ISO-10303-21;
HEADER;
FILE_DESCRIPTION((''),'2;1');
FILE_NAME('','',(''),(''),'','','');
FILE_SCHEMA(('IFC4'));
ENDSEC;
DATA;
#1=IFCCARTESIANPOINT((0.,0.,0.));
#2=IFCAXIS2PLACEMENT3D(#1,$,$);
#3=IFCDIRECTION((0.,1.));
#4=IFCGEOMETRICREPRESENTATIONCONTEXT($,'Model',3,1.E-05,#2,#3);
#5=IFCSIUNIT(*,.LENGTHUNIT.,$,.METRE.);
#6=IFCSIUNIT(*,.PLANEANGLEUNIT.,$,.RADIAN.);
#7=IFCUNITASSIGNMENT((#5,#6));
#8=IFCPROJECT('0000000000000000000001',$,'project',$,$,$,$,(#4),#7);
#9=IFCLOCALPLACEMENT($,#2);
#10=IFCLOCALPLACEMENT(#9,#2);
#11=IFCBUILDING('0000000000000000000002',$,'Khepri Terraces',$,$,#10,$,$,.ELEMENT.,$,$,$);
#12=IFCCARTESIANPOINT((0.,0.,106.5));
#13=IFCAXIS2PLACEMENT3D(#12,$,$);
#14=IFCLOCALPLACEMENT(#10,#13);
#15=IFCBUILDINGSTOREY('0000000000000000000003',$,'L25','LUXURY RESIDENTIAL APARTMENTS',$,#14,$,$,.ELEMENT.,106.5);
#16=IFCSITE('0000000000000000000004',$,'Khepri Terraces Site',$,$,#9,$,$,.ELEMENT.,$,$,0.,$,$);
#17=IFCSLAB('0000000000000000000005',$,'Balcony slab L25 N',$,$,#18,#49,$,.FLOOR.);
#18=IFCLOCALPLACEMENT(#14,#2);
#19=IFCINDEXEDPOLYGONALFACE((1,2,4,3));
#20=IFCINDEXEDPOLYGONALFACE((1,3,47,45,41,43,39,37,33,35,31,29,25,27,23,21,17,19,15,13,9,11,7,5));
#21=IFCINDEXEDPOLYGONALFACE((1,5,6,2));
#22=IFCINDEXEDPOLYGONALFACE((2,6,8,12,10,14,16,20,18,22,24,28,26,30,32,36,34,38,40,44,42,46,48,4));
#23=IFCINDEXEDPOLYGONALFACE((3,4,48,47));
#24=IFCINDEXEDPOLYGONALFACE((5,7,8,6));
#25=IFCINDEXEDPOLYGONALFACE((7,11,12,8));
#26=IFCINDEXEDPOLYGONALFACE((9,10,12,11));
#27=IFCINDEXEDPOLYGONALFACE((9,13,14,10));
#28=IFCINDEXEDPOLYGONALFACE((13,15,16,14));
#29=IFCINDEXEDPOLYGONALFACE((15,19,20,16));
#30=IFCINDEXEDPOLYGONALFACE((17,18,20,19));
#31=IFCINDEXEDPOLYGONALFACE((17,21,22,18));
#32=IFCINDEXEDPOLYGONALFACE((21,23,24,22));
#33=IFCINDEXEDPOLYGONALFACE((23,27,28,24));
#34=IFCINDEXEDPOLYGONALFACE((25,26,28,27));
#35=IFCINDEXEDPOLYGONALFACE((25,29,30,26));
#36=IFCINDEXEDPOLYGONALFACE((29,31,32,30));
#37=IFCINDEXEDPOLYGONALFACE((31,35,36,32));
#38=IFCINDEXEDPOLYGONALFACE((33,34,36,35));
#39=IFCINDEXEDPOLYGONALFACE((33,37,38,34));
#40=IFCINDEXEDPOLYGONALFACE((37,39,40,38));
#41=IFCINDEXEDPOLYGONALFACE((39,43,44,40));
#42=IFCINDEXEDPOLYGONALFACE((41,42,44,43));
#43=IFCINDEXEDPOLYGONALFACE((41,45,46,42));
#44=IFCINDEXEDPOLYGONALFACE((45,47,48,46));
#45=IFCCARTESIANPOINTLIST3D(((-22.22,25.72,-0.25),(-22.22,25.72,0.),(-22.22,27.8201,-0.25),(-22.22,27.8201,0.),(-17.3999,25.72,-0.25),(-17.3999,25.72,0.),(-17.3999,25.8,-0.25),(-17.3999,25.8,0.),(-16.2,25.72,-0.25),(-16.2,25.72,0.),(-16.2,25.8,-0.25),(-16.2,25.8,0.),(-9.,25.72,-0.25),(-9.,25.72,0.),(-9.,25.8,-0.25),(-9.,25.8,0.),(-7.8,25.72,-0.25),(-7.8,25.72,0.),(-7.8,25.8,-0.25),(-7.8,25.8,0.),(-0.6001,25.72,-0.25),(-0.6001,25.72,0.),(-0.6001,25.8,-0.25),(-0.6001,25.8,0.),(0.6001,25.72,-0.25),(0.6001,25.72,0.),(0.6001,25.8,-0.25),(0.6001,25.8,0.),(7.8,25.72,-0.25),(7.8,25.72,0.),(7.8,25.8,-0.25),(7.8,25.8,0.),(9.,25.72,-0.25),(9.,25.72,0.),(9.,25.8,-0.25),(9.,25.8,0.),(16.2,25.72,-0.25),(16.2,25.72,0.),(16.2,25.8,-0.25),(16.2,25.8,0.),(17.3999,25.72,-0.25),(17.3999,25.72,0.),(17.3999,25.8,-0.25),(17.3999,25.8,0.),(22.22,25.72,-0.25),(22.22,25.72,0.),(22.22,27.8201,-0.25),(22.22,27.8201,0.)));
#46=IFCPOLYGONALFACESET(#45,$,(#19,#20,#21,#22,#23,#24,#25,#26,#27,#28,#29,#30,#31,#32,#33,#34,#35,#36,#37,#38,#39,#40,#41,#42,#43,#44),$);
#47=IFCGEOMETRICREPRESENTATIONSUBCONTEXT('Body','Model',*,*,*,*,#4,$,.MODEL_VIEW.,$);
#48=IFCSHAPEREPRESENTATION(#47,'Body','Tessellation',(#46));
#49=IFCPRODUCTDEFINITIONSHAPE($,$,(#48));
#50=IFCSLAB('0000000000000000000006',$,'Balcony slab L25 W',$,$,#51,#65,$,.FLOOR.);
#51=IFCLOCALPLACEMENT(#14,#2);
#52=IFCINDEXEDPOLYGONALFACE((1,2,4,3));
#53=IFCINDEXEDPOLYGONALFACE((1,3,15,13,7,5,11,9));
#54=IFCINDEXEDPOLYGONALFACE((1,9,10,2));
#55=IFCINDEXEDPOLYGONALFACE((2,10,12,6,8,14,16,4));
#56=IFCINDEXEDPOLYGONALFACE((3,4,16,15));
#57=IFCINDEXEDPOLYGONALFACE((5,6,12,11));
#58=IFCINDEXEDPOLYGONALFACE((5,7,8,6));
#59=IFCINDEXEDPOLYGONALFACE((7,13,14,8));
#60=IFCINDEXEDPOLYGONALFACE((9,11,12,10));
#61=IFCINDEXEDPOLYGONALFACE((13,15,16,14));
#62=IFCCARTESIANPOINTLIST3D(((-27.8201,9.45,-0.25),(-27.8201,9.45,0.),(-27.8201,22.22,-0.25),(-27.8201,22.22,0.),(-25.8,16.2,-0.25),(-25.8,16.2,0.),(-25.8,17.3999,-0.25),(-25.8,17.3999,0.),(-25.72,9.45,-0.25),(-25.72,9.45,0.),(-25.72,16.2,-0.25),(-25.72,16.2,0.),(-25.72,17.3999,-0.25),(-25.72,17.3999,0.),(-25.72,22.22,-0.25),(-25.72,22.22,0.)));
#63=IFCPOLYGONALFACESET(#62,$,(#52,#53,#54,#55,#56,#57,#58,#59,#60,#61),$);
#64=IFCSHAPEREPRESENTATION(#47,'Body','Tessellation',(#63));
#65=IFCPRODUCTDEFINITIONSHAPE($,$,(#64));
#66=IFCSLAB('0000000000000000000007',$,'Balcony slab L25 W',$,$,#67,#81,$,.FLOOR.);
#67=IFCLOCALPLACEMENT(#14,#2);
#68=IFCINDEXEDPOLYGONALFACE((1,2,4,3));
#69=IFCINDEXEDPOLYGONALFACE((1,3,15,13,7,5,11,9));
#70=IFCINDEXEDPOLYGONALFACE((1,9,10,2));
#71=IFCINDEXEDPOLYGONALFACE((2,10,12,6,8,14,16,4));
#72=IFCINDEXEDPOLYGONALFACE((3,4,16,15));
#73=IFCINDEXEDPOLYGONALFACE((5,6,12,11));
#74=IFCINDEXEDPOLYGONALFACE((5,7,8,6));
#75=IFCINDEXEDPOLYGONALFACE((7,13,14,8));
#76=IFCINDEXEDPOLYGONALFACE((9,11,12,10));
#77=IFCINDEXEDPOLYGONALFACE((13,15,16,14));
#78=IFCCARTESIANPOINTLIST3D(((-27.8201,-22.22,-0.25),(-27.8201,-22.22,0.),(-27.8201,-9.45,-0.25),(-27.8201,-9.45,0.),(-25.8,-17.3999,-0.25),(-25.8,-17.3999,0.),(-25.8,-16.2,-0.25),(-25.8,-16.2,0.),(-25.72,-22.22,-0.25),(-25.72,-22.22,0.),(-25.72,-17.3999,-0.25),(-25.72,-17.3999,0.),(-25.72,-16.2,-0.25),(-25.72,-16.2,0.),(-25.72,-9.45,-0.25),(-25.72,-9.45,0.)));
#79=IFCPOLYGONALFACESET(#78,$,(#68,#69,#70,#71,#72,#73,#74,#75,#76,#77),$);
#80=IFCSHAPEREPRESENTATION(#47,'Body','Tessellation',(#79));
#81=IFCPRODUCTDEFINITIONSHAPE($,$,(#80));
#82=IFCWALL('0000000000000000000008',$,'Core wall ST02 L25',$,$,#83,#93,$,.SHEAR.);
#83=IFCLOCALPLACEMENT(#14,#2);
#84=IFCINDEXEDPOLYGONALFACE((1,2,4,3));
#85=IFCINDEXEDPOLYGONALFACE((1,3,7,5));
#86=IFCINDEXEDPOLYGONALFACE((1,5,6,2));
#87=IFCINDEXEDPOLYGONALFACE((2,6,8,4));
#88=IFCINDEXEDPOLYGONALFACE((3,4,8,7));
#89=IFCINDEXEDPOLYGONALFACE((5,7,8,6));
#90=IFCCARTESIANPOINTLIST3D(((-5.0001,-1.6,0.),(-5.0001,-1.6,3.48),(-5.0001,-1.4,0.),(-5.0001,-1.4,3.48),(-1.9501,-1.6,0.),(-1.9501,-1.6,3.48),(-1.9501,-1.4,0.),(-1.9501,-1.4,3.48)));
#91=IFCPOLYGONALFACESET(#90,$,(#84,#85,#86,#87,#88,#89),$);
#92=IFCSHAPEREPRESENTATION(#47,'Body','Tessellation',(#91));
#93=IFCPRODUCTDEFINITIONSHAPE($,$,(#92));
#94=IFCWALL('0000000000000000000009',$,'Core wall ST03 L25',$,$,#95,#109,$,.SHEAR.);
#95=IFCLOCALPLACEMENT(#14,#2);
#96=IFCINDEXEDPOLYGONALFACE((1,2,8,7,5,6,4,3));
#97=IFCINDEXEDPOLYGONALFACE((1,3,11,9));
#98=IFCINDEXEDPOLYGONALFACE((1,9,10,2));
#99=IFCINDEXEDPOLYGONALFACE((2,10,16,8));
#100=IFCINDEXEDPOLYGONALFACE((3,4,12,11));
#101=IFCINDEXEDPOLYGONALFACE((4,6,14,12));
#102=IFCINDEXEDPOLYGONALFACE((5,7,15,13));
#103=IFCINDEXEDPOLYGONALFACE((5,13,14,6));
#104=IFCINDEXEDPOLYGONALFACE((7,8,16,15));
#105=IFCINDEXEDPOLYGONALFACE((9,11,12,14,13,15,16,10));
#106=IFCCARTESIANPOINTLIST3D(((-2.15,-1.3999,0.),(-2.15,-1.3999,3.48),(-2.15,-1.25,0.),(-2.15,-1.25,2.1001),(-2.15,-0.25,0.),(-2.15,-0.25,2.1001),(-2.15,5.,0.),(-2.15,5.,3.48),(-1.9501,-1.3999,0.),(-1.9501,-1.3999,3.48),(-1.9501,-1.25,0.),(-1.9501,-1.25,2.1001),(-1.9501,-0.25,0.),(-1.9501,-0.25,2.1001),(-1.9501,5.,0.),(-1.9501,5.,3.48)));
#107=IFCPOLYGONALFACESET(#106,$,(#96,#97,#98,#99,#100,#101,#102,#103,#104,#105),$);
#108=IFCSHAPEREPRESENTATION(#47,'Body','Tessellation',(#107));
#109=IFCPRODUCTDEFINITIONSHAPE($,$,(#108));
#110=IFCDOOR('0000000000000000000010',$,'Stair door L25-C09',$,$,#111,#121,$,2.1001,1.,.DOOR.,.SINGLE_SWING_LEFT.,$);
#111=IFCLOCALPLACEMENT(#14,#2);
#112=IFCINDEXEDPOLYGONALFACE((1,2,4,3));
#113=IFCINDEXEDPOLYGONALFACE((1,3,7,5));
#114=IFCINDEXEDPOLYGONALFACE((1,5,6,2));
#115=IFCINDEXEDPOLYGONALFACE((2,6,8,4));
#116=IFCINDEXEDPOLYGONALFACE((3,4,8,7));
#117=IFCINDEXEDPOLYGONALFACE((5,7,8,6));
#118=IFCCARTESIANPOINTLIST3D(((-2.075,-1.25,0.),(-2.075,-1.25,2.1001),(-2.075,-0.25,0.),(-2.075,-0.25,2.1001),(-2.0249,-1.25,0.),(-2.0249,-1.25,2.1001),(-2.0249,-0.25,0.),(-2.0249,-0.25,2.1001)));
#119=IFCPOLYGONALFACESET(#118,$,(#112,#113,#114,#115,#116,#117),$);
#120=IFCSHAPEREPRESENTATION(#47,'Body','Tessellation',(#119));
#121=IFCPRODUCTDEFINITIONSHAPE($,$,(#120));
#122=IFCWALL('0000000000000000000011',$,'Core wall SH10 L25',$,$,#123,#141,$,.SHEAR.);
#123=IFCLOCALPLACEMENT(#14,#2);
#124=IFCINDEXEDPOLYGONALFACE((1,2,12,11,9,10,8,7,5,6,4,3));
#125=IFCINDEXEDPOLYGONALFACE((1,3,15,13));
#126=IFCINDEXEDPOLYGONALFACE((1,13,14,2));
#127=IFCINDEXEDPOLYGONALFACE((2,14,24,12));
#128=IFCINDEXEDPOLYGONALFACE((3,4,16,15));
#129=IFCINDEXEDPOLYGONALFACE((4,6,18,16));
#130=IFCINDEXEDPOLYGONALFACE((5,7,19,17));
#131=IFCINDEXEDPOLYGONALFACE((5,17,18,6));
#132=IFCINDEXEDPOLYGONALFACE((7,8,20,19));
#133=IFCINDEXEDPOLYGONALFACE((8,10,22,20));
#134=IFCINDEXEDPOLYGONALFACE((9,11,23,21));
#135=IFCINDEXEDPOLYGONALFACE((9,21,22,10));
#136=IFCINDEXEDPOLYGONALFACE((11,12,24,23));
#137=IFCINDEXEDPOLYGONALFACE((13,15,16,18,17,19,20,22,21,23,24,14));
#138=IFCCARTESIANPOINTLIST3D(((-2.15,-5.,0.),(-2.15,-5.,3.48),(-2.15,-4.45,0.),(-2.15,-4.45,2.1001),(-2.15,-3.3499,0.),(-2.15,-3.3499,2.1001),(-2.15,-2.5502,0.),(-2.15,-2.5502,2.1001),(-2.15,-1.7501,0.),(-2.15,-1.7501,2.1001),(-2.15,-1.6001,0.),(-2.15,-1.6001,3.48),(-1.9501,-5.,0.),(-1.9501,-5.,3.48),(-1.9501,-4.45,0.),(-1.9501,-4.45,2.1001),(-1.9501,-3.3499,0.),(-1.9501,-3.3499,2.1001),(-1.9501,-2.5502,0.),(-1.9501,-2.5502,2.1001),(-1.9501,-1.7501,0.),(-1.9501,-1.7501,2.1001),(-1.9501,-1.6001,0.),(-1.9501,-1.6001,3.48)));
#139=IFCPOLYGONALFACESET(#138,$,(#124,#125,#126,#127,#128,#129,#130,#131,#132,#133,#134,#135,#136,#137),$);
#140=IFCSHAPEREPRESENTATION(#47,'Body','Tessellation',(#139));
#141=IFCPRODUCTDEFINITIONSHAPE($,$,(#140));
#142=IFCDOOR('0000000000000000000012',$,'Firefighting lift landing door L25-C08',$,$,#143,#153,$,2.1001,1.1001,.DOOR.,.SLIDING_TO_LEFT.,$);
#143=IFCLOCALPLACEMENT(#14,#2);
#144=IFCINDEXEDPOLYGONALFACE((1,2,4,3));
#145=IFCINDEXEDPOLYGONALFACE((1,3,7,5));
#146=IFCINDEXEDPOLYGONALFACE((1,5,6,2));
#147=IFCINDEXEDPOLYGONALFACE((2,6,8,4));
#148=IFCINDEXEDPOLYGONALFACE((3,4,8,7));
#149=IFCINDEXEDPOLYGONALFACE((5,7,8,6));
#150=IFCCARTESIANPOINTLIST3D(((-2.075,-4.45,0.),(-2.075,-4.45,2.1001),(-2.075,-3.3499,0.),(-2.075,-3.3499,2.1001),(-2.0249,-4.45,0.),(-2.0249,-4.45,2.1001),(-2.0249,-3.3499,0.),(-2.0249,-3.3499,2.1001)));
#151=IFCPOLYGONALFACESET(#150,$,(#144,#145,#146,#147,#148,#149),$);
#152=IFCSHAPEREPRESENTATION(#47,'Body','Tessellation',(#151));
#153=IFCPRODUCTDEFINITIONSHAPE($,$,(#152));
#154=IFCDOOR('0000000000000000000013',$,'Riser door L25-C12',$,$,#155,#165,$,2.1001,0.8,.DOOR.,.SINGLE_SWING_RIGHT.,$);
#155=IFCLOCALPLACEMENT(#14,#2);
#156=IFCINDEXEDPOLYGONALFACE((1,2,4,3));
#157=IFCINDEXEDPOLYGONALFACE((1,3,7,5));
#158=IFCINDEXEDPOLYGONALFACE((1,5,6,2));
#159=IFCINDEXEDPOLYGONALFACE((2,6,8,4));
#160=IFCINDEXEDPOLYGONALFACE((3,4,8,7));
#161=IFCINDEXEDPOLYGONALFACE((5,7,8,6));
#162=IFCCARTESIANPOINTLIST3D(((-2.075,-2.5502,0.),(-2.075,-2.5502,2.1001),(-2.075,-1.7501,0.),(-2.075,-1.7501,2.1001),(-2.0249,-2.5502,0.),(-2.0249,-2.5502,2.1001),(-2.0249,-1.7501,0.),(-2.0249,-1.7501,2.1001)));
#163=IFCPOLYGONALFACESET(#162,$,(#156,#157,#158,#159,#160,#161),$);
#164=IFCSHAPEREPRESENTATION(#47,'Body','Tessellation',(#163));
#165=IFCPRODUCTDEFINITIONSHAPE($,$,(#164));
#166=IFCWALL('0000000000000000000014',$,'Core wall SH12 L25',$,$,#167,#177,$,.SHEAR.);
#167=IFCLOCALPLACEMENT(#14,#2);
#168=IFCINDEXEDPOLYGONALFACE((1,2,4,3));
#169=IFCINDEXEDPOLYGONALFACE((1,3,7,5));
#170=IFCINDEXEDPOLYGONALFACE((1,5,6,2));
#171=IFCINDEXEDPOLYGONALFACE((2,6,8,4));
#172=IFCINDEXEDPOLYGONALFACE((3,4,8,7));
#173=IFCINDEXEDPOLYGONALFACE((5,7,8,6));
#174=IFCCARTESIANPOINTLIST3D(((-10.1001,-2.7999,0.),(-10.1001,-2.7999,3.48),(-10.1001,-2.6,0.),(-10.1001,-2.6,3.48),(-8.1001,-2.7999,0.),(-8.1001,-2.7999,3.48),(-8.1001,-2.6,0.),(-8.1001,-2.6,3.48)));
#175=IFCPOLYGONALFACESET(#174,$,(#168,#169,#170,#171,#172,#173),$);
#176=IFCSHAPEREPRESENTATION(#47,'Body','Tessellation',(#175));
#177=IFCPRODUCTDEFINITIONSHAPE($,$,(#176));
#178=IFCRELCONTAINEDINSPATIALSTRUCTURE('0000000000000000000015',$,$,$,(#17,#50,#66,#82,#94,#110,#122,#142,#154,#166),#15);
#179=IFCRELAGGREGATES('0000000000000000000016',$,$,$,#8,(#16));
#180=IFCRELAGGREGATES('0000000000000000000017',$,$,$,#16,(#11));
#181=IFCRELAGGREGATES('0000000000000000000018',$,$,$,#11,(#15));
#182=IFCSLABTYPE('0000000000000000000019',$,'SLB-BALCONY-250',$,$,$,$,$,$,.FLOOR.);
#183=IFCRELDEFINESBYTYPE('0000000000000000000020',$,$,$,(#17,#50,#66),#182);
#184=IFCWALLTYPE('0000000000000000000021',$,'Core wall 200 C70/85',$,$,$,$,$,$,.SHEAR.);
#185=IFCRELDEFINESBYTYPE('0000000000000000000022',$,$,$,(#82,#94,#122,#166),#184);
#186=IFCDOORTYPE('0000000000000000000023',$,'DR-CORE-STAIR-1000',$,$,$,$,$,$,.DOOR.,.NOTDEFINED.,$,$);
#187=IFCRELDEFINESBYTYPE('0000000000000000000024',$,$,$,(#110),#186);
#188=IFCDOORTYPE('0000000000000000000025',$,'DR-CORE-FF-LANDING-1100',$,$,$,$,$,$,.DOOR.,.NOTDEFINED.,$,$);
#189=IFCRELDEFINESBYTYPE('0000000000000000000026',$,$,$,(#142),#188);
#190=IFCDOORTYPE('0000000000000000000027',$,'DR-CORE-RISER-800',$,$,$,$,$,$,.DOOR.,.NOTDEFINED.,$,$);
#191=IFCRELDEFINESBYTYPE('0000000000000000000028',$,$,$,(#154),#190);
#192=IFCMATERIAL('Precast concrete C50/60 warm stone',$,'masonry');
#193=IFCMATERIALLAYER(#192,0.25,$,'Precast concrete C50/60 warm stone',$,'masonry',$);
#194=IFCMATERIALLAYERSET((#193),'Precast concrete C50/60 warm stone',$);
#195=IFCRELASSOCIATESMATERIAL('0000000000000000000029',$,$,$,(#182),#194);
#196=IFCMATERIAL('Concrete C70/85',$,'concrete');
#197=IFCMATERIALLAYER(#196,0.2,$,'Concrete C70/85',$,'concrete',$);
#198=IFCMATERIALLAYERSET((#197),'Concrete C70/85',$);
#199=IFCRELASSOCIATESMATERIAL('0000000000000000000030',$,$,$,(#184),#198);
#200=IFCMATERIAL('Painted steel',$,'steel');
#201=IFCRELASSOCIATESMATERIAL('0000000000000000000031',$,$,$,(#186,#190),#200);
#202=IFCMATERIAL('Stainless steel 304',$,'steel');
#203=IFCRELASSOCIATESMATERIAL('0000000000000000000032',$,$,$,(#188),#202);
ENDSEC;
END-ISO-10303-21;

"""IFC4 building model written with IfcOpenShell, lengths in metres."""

from ifc_helpers import new_model, si_unit, direction, frame, frame_2d, origin, place, context, subcontext, project, spatial, polyline, rectangle, outline, extrude, material, layer, layer_set, type_object, element, fill, save


model = new_model("IFC4")

# Units and contexts
model_context = context("Model", 3, precision=1e-05, world=origin(), true_north=direction((0.0, 1.0)))
body_context = subcontext(model_context, "Body", "Model", "MODEL_VIEW")
ifc_project = project(units=[si_unit("LENGTHUNIT", "METRE"), si_unit("PLANEANGLEUNIT", "RADIAN")], contexts=[model_context])

# Site, building, storey
site_placement = place(None, origin())
site = spatial("IfcSite", under=ifc_project, at=site_placement, Name="Khepri Terraces Site", CompositionType="ELEMENT", RefElevation=0.0)
building_placement = place(site_placement, origin())
building = spatial("IfcBuilding", under=site, at=building_placement, Name="Khepri Terraces", CompositionType="ELEMENT")
storey_placement = place(building_placement, frame((0.0, 0.0, 106.5)))
storey = spatial("IfcBuildingStorey", under=building, at=storey_placement, Name="L25", Description="LUXURY RESIDENTIAL APARTMENTS", CompositionType="ELEMENT", Elevation=106.5)

# Slabs
ifc_material_1 = material(Name="Precast concrete C50/60 warm stone", Category="masonry")
ifc_layer_1 = layer(ifc_material_1, 0.25, Name="Precast concrete C50/60 warm stone", Category="masonry")
ifc_layer_set_1 = layer_set([ifc_layer_1], Name="Precast concrete C50/60 warm stone")
slab_type_1 = type_object("IfcSlabType", Name="SLB-BALCONY-250", PredefinedType="FLOOR", material=ifc_layer_set_1)
slab_1_placement = place(storey_placement, frame((0.0, 0.0, -0.25)))
element("IfcSlab", 1, at=slab_1_placement, inside=storey, type_object=slab_type_1, Name="Balcony slab L25 N", PredefinedType="FLOOR", context=body_context, shape_type="SweptSolid", body=[
    extrude(outline(polyline([(17.3999, 25.72), (22.22, 25.72), (22.22, 27.8201), (-22.22, 27.8201), (-22.22, 25.72), (-17.3999, 25.72), (-17.3999, 25.8), (-16.2, 25.8), (-16.2, 25.72), (-9.0, 25.72), (-9.0, 25.8), (-7.8, 25.8), (-7.8, 25.72), (-0.6001, 25.72), (-0.6001, 25.8), (0.6001, 25.8), (0.6001, 25.72), (7.8, 25.72), (7.8, 25.8), (9.0, 25.8), (9.0, 25.72), (16.2, 25.72), (16.2, 25.8), (17.3999, 25.8), (17.3999, 25.72)])), origin(), (0.0, 0.0, 1.0), 0.25),
])
slab_2_placement = place(storey_placement, frame((0.0, 0.0, -0.25)))
element("IfcSlab", 2, at=slab_2_placement, inside=storey, type_object=slab_type_1, Name="Balcony slab L25 W", PredefinedType="FLOOR", context=body_context, shape_type="SweptSolid", body=[
    extrude(outline(polyline([(-25.72, 17.3999), (-25.72, 22.22), (-27.8201, 22.22), (-27.8201, 9.45), (-25.72, 9.45), (-25.72, 16.2), (-25.8, 16.2), (-25.8, 17.3999), (-25.72, 17.3999)])), origin(), (0.0, 0.0, 1.0), 0.25),
])
slab_3_placement = place(storey_placement, frame((0.0, 0.0, -0.25)))
element("IfcSlab", 3, at=slab_3_placement, inside=storey, type_object=slab_type_1, Name="Balcony slab L25 W", PredefinedType="FLOOR", context=body_context, shape_type="SweptSolid", body=[
    extrude(outline(polyline([(-25.72, -16.2), (-25.72, -9.45), (-27.8201, -9.45), (-27.8201, -22.22), (-25.72, -22.22), (-25.72, -17.3999), (-25.8, -17.3999), (-25.8, -16.2), (-25.72, -16.2)])), origin(), (0.0, 0.0, 1.0), 0.25),
])

# Wall
ifc_material_2 = material(Name="Concrete C70/85", Category="concrete")
ifc_layer_2 = layer(ifc_material_2, 0.2, Name="Concrete C70/85", Category="concrete")
ifc_layer_set_2 = layer_set([ifc_layer_2], Name="Concrete C70/85")
wall_type = type_object("IfcWallType", Name="Core wall 200 C70/85", PredefinedType="SHEAR", material=ifc_layer_set_2)
wall_1_placement = place(storey_placement, frame((-5.0, -1.5, 0.0), z_axis=(0.0, 0.0, 1.0), x_axis=(1.0, 0.0, 0.0)))
element("IfcWall", 4, at=wall_1_placement, inside=storey, type_object=wall_type, Name="Core wall ST02 L25", PredefinedType="SHEAR", context=body_context, shape_type="SweptSolid", body=[
    extrude(rectangle(XDim=3.05, YDim=0.2, at=frame_2d((1.5249, 0.0))), origin(), (0.0, 0.0, 1.0), 3.48),
])

# Wall, opening, door
wall_2_placement = place(storey_placement, frame((-2.05, -1.3999, 0.0), z_axis=(0.0, 0.0, 1.0), x_axis=(0.0, 1.0, 0.0)))
wall_2 = element("IfcWall", 5, at=wall_2_placement, inside=storey, type_object=wall_type, Name="Core wall ST03 L25", PredefinedType="SHEAR", context=body_context, shape_type="SweptSolid", body=[
    extrude(rectangle(XDim=6.3999, YDim=0.2, at=frame_2d((3.2, 0.0))), origin(), (0.0, 0.0, 1.0), 3.48),
])
opening_1_placement = place(wall_2_placement, frame((0.1499, 0.0, 0.0)))
opening_1 = element("IfcOpeningElement", 6, at=opening_1_placement, cuts=wall_2, PredefinedType="OPENING", context=body_context, shape_type="SweptSolid", body=[
    extrude(rectangle(XDim=1.0, YDim=2.1001, at=frame_2d((0.5, 1.05))), frame((0.0, 0.1099, 0.0), z_axis=(0.0, -1.0, 0.0), x_axis=(1.0, 0.0, 0.0)), (0.0, 0.0, 1.0), 0.22),
])
ifc_material_3 = material(Name="Painted steel", Category="steel")
door_type_1 = type_object("IfcDoorType", Name="DR-CORE-STAIR-1000", OperationType="NOTDEFINED", PredefinedType="DOOR", material=ifc_material_3)
door_1_placement = place(opening_1_placement, origin())
door_1 = element("IfcDoor", 7, at=door_1_placement, inside=storey, type_object=door_type_1, Name="Stair door L25-C09", OperationType="SINGLE_SWING_LEFT", OverallHeight=2.1001, OverallWidth=1.0, PredefinedType="DOOR", context=body_context, shape_type="SweptSolid", body=[
    extrude(rectangle(XDim=1.0, YDim=2.1001, at=frame_2d((0.5, 1.05))), frame((0.0, 0.0249, 0.0), z_axis=(0.0, -1.0, 0.0), x_axis=(1.0, 0.0, 0.0)), (0.0, 0.0, 1.0), 0.05),
])
fill(opening_1, door_1)

# Wall, openings, doors
wall_3_placement = place(storey_placement, frame((-2.05, -5.0, 0.0), z_axis=(0.0, 0.0, 1.0), x_axis=(0.0, 1.0, 0.0)))
wall_3 = element("IfcWall", 8, at=wall_3_placement, inside=storey, type_object=wall_type, Name="Core wall SH10 L25", PredefinedType="SHEAR", context=body_context, shape_type="SweptSolid", body=[
    extrude(rectangle(XDim=3.3999, YDim=0.2, at=frame_2d((1.7, 0.0))), origin(), (0.0, 0.0, 1.0), 3.48),
])
opening_2_placement = place(wall_3_placement, frame((0.55, 0.0, 0.0)))
opening_2 = element("IfcOpeningElement", 9, at=opening_2_placement, cuts=wall_3, PredefinedType="OPENING", context=body_context, shape_type="SweptSolid", body=[
    extrude(rectangle(XDim=1.1001, YDim=2.1001, at=frame_2d((0.55, 1.05))), frame((0.0, 0.1099, 0.0), z_axis=(0.0, -1.0, 0.0), x_axis=(1.0, 0.0, 0.0)), (0.0, 0.0, 1.0), 0.22),
])
opening_3_placement = place(wall_3_placement, frame((2.45, 0.0, 0.0)))
opening_3 = element("IfcOpeningElement", 10, at=opening_3_placement, cuts=wall_3, PredefinedType="OPENING", context=body_context, shape_type="SweptSolid", body=[
    extrude(rectangle(XDim=0.8, YDim=2.1001, at=frame_2d((0.3999, 1.05))), frame((0.0, 0.1099, 0.0), z_axis=(0.0, -1.0, 0.0), x_axis=(1.0, 0.0, 0.0)), (0.0, 0.0, 1.0), 0.22),
])
ifc_material_4 = material(Name="Stainless steel 304", Category="steel")
door_type_2 = type_object("IfcDoorType", Name="DR-CORE-FF-LANDING-1100", OperationType="NOTDEFINED", PredefinedType="DOOR", material=ifc_material_4)
door_2_placement = place(opening_2_placement, origin())
door_2 = element("IfcDoor", 11, at=door_2_placement, inside=storey, type_object=door_type_2, Name="Firefighting lift landing door L25-C08", OperationType="SLIDING_TO_LEFT", OverallHeight=2.1001, OverallWidth=1.1001, PredefinedType="DOOR", context=body_context, shape_type="SweptSolid", body=[
    extrude(rectangle(XDim=1.1001, YDim=2.1001, at=frame_2d((0.55, 1.05))), frame((0.0, 0.0249, 0.0), z_axis=(0.0, -1.0, 0.0), x_axis=(1.0, 0.0, 0.0)), (0.0, 0.0, 1.0), 0.05),
])
fill(opening_2, door_2)
door_type_3 = type_object("IfcDoorType", Name="DR-CORE-RISER-800", OperationType="NOTDEFINED", PredefinedType="DOOR", material=ifc_material_3)
door_3_placement = place(opening_3_placement, origin())
door_3 = element("IfcDoor", 12, at=door_3_placement, inside=storey, type_object=door_type_3, Name="Riser door L25-C12", OperationType="SINGLE_SWING_RIGHT", OverallHeight=2.1001, OverallWidth=0.8, PredefinedType="DOOR", context=body_context, shape_type="SweptSolid", body=[
    extrude(rectangle(XDim=0.8, YDim=2.1001, at=frame_2d((0.3999, 1.05))), frame((0.0, 0.0249, 0.0), z_axis=(0.0, -1.0, 0.0), x_axis=(1.0, 0.0, 0.0)), (0.0, 0.0, 1.0), 0.05),
])
fill(opening_3, door_3)

# Wall
wall_4_placement = place(storey_placement, frame((-10.1001, -2.7, 0.0), z_axis=(0.0, 0.0, 1.0), x_axis=(1.0, 0.0, 0.0)))
element("IfcWall", 13, at=wall_4_placement, inside=storey, type_object=wall_type, Name="Core wall SH12 L25", PredefinedType="SHEAR", context=body_context, shape_type="SweptSolid", body=[
    extrude(rectangle(XDim=2.0, YDim=0.2, at=frame_2d((1.0, 0.0))), origin(), (0.0, 0.0, 1.0), 3.48),
])

save(model, "model.ifc")
